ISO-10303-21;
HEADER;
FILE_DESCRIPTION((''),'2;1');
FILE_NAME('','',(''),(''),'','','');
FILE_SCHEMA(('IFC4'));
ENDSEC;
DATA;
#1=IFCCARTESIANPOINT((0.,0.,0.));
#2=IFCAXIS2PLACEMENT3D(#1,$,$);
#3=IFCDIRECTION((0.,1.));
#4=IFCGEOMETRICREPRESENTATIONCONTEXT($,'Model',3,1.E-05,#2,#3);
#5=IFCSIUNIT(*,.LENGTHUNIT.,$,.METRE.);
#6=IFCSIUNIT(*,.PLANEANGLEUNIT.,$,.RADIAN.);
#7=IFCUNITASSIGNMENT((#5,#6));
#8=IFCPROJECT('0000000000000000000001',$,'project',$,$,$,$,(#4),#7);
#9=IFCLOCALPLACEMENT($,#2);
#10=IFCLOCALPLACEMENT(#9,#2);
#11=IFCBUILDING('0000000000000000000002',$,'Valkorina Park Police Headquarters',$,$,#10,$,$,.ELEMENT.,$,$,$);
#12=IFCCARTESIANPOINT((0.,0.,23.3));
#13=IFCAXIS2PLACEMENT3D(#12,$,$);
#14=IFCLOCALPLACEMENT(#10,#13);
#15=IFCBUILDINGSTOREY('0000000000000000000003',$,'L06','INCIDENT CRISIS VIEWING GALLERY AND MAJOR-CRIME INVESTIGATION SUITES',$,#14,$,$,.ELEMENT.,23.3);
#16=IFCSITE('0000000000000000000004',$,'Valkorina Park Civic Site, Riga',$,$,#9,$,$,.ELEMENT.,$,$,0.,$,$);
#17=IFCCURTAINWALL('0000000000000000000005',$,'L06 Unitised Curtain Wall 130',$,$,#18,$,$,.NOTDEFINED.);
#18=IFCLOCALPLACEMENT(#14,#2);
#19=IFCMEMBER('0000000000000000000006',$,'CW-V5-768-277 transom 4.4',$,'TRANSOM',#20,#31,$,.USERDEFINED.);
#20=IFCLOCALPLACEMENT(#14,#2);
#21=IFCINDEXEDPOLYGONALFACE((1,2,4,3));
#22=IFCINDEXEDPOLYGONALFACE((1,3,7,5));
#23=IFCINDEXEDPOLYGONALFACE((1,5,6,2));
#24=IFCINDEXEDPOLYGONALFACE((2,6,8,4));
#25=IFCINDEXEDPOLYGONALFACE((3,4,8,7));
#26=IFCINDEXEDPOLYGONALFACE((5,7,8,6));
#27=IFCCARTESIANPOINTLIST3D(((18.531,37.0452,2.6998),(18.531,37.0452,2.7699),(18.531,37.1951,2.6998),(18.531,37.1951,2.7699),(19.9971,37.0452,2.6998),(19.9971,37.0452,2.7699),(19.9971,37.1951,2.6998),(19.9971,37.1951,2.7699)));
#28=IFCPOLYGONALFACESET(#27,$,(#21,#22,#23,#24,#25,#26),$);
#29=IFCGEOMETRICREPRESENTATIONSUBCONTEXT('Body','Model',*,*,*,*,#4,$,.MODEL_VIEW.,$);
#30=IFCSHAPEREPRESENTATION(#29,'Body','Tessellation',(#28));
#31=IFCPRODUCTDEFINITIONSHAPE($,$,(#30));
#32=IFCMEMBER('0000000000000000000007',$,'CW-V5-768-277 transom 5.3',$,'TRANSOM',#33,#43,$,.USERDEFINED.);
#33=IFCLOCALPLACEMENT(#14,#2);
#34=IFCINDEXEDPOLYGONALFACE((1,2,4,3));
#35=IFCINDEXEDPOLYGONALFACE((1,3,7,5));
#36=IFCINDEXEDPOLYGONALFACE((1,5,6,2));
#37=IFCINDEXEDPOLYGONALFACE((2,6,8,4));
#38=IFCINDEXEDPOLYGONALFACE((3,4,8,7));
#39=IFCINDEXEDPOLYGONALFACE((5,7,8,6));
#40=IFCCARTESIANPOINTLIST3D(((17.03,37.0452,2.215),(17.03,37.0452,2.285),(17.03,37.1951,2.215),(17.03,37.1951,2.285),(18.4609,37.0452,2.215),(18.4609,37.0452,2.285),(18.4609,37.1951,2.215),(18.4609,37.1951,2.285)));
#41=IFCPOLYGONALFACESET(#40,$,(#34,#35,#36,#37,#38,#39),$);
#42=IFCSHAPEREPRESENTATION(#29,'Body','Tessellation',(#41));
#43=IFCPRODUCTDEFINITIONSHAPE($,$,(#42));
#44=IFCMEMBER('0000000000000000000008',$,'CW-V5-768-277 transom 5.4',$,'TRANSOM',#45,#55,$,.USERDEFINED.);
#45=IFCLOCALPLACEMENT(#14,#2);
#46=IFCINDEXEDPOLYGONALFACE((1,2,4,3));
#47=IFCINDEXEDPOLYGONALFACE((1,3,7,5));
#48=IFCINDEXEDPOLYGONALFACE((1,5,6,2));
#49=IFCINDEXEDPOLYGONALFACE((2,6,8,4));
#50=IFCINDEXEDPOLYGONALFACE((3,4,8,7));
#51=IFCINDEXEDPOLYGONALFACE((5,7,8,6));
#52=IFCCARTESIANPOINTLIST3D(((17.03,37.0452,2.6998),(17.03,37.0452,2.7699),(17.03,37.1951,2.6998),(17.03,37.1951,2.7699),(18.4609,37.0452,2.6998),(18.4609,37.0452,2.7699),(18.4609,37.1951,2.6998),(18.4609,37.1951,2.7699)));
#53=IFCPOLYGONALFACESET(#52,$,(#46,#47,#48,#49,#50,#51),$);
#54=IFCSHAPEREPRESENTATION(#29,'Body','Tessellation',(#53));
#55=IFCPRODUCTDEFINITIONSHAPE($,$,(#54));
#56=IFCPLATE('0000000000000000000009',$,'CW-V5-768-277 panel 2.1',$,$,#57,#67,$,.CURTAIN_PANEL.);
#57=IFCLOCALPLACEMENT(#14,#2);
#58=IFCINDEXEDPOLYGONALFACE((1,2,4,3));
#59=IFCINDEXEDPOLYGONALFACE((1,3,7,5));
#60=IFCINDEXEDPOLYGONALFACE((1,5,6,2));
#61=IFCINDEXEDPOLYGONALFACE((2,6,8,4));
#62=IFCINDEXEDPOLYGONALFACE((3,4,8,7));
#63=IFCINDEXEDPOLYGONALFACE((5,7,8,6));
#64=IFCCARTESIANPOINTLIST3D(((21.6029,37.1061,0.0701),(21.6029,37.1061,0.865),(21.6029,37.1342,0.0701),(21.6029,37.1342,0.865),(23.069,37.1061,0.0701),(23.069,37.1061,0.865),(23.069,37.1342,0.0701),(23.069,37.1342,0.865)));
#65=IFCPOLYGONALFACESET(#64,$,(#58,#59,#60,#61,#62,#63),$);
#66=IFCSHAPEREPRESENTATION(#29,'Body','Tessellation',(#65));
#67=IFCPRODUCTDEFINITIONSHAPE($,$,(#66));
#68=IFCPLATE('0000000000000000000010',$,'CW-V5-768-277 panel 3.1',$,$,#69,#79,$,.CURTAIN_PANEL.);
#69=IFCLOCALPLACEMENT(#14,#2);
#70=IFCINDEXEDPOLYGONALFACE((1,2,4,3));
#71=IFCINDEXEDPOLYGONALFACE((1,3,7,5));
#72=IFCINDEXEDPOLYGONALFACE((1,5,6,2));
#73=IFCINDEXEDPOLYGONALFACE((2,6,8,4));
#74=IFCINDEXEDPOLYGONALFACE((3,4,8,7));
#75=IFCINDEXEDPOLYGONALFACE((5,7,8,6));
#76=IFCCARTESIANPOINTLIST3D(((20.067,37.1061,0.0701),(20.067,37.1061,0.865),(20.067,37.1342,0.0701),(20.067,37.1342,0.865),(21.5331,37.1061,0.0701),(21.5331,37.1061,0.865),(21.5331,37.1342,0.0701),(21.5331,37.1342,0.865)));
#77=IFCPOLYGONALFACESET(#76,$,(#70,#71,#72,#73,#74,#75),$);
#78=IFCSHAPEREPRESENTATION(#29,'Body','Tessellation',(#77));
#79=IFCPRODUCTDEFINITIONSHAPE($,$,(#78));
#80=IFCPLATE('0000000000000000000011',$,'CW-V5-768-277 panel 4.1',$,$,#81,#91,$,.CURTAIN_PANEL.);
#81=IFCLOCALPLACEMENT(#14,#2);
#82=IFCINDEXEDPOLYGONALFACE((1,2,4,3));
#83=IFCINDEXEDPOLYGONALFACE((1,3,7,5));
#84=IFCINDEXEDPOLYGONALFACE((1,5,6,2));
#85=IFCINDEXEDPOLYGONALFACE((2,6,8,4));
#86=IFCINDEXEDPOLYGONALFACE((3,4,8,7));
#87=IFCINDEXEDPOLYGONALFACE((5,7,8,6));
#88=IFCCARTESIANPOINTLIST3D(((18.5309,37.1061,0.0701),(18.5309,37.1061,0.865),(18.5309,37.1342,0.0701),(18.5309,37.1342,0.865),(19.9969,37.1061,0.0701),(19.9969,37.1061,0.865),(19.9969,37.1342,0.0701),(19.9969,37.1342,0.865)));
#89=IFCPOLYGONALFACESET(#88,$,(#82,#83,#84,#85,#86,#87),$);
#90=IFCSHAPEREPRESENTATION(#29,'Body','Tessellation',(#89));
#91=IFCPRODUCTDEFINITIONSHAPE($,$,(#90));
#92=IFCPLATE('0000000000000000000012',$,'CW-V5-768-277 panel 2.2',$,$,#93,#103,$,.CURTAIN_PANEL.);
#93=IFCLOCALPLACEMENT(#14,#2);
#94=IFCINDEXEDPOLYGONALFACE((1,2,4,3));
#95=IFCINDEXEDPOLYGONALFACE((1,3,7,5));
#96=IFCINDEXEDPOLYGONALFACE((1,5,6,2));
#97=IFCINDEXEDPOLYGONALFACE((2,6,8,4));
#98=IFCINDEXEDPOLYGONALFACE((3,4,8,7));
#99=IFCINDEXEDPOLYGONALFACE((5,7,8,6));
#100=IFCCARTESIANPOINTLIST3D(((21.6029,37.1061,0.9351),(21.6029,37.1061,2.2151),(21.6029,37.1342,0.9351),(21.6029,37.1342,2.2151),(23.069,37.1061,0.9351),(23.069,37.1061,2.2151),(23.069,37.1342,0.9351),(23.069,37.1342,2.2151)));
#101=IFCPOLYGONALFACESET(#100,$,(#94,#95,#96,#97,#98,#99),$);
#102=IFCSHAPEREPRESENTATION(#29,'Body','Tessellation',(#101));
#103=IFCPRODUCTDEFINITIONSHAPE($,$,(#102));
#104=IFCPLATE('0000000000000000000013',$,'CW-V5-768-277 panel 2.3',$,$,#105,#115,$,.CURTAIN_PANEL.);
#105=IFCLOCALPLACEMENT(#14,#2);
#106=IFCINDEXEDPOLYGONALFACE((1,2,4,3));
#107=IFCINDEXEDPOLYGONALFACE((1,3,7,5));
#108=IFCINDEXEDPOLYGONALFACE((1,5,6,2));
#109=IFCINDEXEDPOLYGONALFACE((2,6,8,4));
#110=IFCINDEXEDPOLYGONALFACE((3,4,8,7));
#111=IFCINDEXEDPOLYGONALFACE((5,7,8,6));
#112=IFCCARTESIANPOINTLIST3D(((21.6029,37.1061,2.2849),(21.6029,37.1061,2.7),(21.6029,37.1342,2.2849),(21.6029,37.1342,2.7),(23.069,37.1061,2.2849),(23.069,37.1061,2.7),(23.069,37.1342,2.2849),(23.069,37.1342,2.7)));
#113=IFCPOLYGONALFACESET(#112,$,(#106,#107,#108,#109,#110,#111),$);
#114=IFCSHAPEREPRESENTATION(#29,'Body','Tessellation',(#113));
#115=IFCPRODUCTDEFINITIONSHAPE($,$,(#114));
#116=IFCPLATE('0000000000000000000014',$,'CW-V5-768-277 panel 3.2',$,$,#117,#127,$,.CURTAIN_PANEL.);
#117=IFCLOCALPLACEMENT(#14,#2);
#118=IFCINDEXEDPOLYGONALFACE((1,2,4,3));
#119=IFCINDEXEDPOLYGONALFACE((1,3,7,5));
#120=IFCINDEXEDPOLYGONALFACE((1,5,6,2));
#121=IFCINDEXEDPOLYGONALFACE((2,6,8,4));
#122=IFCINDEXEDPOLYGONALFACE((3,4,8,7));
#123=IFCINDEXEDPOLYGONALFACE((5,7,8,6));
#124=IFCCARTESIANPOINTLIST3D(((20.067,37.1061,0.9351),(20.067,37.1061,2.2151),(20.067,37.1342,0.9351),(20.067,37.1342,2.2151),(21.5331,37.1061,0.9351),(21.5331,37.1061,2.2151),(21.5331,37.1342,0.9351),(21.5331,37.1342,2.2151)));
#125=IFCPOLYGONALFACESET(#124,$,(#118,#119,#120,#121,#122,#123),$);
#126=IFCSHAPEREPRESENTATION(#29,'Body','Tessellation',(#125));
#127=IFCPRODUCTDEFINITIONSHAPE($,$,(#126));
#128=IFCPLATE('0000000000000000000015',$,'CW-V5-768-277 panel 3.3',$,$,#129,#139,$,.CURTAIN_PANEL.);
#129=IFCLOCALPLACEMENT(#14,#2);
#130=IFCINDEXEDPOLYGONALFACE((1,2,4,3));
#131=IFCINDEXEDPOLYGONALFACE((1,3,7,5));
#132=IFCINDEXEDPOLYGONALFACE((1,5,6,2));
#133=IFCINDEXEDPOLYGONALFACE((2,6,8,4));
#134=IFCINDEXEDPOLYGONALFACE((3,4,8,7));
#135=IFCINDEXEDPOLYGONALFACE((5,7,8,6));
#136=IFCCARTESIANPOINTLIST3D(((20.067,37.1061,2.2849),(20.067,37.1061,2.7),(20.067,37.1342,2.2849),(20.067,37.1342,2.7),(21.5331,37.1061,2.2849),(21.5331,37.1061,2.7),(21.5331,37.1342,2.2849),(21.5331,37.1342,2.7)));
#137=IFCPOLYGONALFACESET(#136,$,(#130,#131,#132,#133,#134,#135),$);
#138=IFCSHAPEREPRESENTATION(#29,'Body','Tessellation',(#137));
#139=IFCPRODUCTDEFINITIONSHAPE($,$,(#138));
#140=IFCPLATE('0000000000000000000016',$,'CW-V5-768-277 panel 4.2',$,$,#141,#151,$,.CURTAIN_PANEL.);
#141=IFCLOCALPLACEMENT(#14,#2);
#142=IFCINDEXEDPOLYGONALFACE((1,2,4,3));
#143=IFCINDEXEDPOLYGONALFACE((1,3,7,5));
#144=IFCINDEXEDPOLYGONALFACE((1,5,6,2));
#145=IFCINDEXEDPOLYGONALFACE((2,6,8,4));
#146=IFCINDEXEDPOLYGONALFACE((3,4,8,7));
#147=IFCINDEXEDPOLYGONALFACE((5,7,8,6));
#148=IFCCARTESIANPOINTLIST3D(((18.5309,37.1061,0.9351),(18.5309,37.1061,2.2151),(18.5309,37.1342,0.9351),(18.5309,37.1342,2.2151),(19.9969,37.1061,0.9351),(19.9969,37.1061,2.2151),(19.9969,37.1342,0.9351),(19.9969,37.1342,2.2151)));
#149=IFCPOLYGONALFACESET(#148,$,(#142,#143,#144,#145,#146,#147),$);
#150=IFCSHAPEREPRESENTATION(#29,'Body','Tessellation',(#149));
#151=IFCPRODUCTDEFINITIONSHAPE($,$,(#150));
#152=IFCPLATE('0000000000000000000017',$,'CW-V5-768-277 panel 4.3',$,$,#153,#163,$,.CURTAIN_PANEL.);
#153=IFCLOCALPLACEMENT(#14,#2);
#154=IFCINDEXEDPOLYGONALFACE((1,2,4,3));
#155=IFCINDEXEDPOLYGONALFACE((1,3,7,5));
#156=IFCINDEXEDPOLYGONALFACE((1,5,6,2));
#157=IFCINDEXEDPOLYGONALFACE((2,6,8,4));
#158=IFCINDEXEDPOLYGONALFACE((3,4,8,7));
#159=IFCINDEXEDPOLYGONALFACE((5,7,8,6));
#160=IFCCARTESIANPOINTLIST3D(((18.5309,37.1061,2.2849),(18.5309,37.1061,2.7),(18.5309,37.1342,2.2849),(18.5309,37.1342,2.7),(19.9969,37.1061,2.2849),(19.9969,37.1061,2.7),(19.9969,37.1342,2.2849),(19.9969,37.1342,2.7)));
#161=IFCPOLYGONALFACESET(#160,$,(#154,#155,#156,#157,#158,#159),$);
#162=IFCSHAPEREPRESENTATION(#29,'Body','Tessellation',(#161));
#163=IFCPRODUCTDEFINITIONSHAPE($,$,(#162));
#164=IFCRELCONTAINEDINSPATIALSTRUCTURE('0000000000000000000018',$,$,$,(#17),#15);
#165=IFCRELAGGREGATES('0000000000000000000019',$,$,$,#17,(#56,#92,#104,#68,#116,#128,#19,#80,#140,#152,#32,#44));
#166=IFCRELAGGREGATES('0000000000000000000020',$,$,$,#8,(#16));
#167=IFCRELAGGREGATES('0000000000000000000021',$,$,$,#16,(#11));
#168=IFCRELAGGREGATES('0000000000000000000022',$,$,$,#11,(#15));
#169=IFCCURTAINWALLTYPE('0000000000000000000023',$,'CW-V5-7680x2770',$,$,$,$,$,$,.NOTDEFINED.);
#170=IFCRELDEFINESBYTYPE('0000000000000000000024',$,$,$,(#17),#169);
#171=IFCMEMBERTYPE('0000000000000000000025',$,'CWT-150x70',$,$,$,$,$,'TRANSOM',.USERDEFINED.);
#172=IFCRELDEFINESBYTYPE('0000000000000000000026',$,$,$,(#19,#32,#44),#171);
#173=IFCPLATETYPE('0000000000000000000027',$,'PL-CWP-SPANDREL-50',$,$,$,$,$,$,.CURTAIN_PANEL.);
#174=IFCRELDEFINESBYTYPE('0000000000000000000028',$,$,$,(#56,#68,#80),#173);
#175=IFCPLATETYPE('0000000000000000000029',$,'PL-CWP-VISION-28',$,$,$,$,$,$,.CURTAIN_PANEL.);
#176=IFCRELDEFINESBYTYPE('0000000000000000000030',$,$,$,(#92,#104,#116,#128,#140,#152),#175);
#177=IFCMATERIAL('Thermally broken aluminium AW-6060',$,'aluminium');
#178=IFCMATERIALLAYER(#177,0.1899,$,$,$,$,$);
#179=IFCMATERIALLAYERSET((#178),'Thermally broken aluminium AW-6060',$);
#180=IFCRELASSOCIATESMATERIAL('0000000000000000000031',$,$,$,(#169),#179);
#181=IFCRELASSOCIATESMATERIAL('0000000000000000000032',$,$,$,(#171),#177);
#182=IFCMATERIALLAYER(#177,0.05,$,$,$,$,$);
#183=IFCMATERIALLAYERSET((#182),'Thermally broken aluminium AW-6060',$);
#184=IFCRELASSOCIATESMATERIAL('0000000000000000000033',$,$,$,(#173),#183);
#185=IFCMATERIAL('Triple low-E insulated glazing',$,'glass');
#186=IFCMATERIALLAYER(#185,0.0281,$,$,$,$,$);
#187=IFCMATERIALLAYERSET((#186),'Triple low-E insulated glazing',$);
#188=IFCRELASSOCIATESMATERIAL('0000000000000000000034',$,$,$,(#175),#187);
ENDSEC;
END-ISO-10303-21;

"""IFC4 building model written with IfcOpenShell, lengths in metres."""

from ifc_helpers import new_model, si_unit, direction, frame, origin, origin_2d, place, context, subcontext, project, spatial, rectangle, extrude, material, layer, layer_set, material_profile, profile_set, type_object, element, aggregate, save


model = new_model("IFC4")

# Units and contexts
model_context = context("Model", 3, precision=1e-05, world=origin(), true_north=direction((0.0, 1.0)))
body_context = subcontext(model_context, "Body", "Model", "MODEL_VIEW")
ifc_project = project(units=[si_unit("LENGTHUNIT", "METRE"), si_unit("PLANEANGLEUNIT", "RADIAN")], contexts=[model_context])

# Site, building, storey
site_placement = place(None, origin())
site = spatial("IfcSite", under=ifc_project, at=site_placement, Name="Valkorina Park Civic Site, Riga", CompositionType="ELEMENT", RefElevation=0.0)
building_placement = place(site_placement, origin())
building = spatial("IfcBuilding", under=site, at=building_placement, Name="Valkorina Park Police Headquarters", CompositionType="ELEMENT")
storey_placement = place(building_placement, frame((0.0, 0.0, 23.3)))
storey = spatial("IfcBuildingStorey", under=building, at=storey_placement, Name="L06", Description="INCIDENT CRISIS VIEWING GALLERY AND MAJOR-CRIME INVESTIGATION SUITES", CompositionType="ELEMENT", Elevation=23.3)

# Curtain wall, members, plates
ifc_material_1 = material(Name="Thermally broken aluminium AW-6060", Category="aluminium")
ifc_layer_1 = layer(ifc_material_1, 0.1899)
ifc_layer_set_1 = layer_set([ifc_layer_1], Name="Thermally broken aluminium AW-6060")
curtain_wall_type = type_object("IfcCurtainWallType", Name="CW-V5-7680x2770", PredefinedType="NOTDEFINED", material=ifc_layer_set_1)
curtain_wall_placement = place(storey_placement, origin())
curtain_wall = element("IfcCurtainWall", 1, at=curtain_wall_placement, inside=storey, type_object=curtain_wall_type, Name="L06 Unitised Curtain Wall 130", PredefinedType="NOTDEFINED")
ifc_material_profile_1 = material_profile(ifc_material_1, rectangle(XDim=0.1499, YDim=0.0701, at=origin_2d()), Name="CWT-02 150x70")
ifc_profile_set_1 = profile_set([ifc_material_profile_1], Name="Thermally broken aluminium AW-6060")
member_type_1 = type_object("IfcMemberType", Name="CWT-150x70", ElementType="TRANSOM", PredefinedType="USERDEFINED", material=ifc_profile_set_1)
member_1_placement = place(storey_placement, frame((19.9971, 37.1201, 2.7349), z_axis=(-1.0, 0.0, 0.0), x_axis=(0.0, -1.0, 0.0)))
member_1 = element("IfcMember", 2, at=member_1_placement, type_object=member_type_1, Name="CW-V5-768-277 transom 4.4", ObjectType="TRANSOM", PredefinedType="USERDEFINED", context=body_context, shape_type="SweptSolid", body=[
    extrude(rectangle(XDim=0.1499, YDim=0.0701, at=origin_2d()), origin(), (0.0, 0.0, 1.0), 1.4661),
])
member_2_placement = place(storey_placement, frame((18.4609, 37.1201, 2.25), z_axis=(-1.0, 0.0, 0.0), x_axis=(0.0, -1.0, 0.0)))
member_2 = element("IfcMember", 3, at=member_2_placement, type_object=member_type_1, Name="CW-V5-768-277 transom 5.3", ObjectType="TRANSOM", PredefinedType="USERDEFINED", context=body_context, shape_type="SweptSolid", body=[
    extrude(rectangle(XDim=0.1499, YDim=0.0701, at=origin_2d()), origin(), (0.0, 0.0, 1.0), 1.4309),
])
member_3_placement = place(storey_placement, frame((18.4609, 37.1201, 2.7349), z_axis=(-1.0, 0.0, 0.0), x_axis=(0.0, -1.0, 0.0)))
member_3 = element("IfcMember", 4, at=member_3_placement, type_object=member_type_1, Name="CW-V5-768-277 transom 5.4", ObjectType="TRANSOM", PredefinedType="USERDEFINED", context=body_context, shape_type="SweptSolid", body=[
    extrude(rectangle(XDim=0.1499, YDim=0.0701, at=origin_2d()), origin(), (0.0, 0.0, 1.0), 1.4309),
])
ifc_layer_2 = layer(ifc_material_1, 0.05)
ifc_layer_set_2 = layer_set([ifc_layer_2], Name="Thermally broken aluminium AW-6060")
plate_type_1 = type_object("IfcPlateType", Name="PL-CWP-SPANDREL-50", PredefinedType="CURTAIN_PANEL", material=ifc_layer_set_2)
plate_1_placement = place(storey_placement, frame((22.3359, 37.1201, 0.0701), z_axis=(0.0, 0.0, 1.0), x_axis=(-1.0, 0.0, 0.0)))
plate_1 = element("IfcPlate", 5, at=plate_1_placement, type_object=plate_type_1, Name="CW-V5-768-277 panel 2.1", PredefinedType="CURTAIN_PANEL", context=body_context, shape_type="SweptSolid", body=[
    extrude(rectangle(XDim=1.4661, YDim=0.0281, at=origin_2d()), origin(), (0.0, 0.0, 1.0), 0.7949),
])
plate_2_placement = place(storey_placement, frame((20.8, 37.1201, 0.0701), z_axis=(0.0, 0.0, 1.0), x_axis=(-1.0, 0.0, 0.0)))
plate_2 = element("IfcPlate", 6, at=plate_2_placement, type_object=plate_type_1, Name="CW-V5-768-277 panel 3.1", PredefinedType="CURTAIN_PANEL", context=body_context, shape_type="SweptSolid", body=[
    extrude(rectangle(XDim=1.4661, YDim=0.0281, at=origin_2d()), origin(), (0.0, 0.0, 1.0), 0.7949),
])
plate_3_placement = place(storey_placement, frame((19.2639, 37.1201, 0.0701), z_axis=(0.0, 0.0, 1.0), x_axis=(-1.0, 0.0, 0.0)))
plate_3 = element("IfcPlate", 7, at=plate_3_placement, type_object=plate_type_1, Name="CW-V5-768-277 panel 4.1", PredefinedType="CURTAIN_PANEL", context=body_context, shape_type="SweptSolid", body=[
    extrude(rectangle(XDim=1.4661, YDim=0.0281, at=origin_2d()), origin(), (0.0, 0.0, 1.0), 0.7949),
])
ifc_material_2 = material(Name="Triple low-E insulated glazing", Category="glass")
ifc_layer_3 = layer(ifc_material_2, 0.0281)
ifc_layer_set_3 = layer_set([ifc_layer_3], Name="Triple low-E insulated glazing")
plate_type_2 = type_object("IfcPlateType", Name="PL-CWP-VISION-28", PredefinedType="CURTAIN_PANEL", material=ifc_layer_set_3)
plate_4_placement = place(storey_placement, frame((22.3359, 37.1201, 0.9351), z_axis=(0.0, 0.0, 1.0), x_axis=(-1.0, 0.0, 0.0)))
plate_4 = element("IfcPlate", 8, at=plate_4_placement, type_object=plate_type_2, Name="CW-V5-768-277 panel 2.2", PredefinedType="CURTAIN_PANEL", context=body_context, shape_type="SweptSolid", body=[
    extrude(rectangle(XDim=1.4661, YDim=0.0281, at=origin_2d()), origin(), (0.0, 0.0, 1.0), 1.28),
])
plate_5_placement = place(storey_placement, frame((22.3359, 37.1201, 2.2849), z_axis=(0.0, 0.0, 1.0), x_axis=(-1.0, 0.0, 0.0)))
plate_5 = element("IfcPlate", 9, at=plate_5_placement, type_object=plate_type_2, Name="CW-V5-768-277 panel 2.3", PredefinedType="CURTAIN_PANEL", context=body_context, shape_type="SweptSolid", body=[
    extrude(rectangle(XDim=1.4661, YDim=0.0281, at=origin_2d()), origin(), (0.0, 0.0, 1.0), 0.415),
])
plate_6_placement = place(storey_placement, frame((20.8, 37.1201, 0.9351), z_axis=(0.0, 0.0, 1.0), x_axis=(-1.0, 0.0, 0.0)))
plate_6 = element("IfcPlate", 10, at=plate_6_placement, type_object=plate_type_2, Name="CW-V5-768-277 panel 3.2", PredefinedType="CURTAIN_PANEL", context=body_context, shape_type="SweptSolid", body=[
    extrude(rectangle(XDim=1.4661, YDim=0.0281, at=origin_2d()), origin(), (0.0, 0.0, 1.0), 1.28),
])
plate_7_placement = place(storey_placement, frame((20.8, 37.1201, 2.2849), z_axis=(0.0, 0.0, 1.0), x_axis=(-1.0, 0.0, 0.0)))
plate_7 = element("IfcPlate", 11, at=plate_7_placement, type_object=plate_type_2, Name="CW-V5-768-277 panel 3.3", PredefinedType="CURTAIN_PANEL", context=body_context, shape_type="SweptSolid", body=[
    extrude(rectangle(XDim=1.4661, YDim=0.0281, at=origin_2d()), origin(), (0.0, 0.0, 1.0), 0.415),
])
plate_8_placement = place(storey_placement, frame((19.2639, 37.1201, 0.9351), z_axis=(0.0, 0.0, 1.0), x_axis=(-1.0, 0.0, 0.0)))
plate_8 = element("IfcPlate", 12, at=plate_8_placement, type_object=plate_type_2, Name="CW-V5-768-277 panel 4.2", PredefinedType="CURTAIN_PANEL", context=body_context, shape_type="SweptSolid", body=[
    extrude(rectangle(XDim=1.4661, YDim=0.0281, at=origin_2d()), origin(), (0.0, 0.0, 1.0), 1.28),
])
plate_9_placement = place(storey_placement, frame((19.2639, 37.1201, 2.2849), z_axis=(0.0, 0.0, 1.0), x_axis=(-1.0, 0.0, 0.0)))
plate_9 = element("IfcPlate", 13, at=plate_9_placement, type_object=plate_type_2, Name="CW-V5-768-277 panel 4.3", PredefinedType="CURTAIN_PANEL", context=body_context, shape_type="SweptSolid", body=[
    extrude(rectangle(XDim=1.4661, YDim=0.0281, at=origin_2d()), origin(), (0.0, 0.0, 1.0), 0.415),
])
aggregate(curtain_wall, [plate_1, plate_4, plate_5, plate_2, plate_6, plate_7, member_1, plate_3, plate_8, plate_9, member_2, member_3])

save(model, "model.ifc")
